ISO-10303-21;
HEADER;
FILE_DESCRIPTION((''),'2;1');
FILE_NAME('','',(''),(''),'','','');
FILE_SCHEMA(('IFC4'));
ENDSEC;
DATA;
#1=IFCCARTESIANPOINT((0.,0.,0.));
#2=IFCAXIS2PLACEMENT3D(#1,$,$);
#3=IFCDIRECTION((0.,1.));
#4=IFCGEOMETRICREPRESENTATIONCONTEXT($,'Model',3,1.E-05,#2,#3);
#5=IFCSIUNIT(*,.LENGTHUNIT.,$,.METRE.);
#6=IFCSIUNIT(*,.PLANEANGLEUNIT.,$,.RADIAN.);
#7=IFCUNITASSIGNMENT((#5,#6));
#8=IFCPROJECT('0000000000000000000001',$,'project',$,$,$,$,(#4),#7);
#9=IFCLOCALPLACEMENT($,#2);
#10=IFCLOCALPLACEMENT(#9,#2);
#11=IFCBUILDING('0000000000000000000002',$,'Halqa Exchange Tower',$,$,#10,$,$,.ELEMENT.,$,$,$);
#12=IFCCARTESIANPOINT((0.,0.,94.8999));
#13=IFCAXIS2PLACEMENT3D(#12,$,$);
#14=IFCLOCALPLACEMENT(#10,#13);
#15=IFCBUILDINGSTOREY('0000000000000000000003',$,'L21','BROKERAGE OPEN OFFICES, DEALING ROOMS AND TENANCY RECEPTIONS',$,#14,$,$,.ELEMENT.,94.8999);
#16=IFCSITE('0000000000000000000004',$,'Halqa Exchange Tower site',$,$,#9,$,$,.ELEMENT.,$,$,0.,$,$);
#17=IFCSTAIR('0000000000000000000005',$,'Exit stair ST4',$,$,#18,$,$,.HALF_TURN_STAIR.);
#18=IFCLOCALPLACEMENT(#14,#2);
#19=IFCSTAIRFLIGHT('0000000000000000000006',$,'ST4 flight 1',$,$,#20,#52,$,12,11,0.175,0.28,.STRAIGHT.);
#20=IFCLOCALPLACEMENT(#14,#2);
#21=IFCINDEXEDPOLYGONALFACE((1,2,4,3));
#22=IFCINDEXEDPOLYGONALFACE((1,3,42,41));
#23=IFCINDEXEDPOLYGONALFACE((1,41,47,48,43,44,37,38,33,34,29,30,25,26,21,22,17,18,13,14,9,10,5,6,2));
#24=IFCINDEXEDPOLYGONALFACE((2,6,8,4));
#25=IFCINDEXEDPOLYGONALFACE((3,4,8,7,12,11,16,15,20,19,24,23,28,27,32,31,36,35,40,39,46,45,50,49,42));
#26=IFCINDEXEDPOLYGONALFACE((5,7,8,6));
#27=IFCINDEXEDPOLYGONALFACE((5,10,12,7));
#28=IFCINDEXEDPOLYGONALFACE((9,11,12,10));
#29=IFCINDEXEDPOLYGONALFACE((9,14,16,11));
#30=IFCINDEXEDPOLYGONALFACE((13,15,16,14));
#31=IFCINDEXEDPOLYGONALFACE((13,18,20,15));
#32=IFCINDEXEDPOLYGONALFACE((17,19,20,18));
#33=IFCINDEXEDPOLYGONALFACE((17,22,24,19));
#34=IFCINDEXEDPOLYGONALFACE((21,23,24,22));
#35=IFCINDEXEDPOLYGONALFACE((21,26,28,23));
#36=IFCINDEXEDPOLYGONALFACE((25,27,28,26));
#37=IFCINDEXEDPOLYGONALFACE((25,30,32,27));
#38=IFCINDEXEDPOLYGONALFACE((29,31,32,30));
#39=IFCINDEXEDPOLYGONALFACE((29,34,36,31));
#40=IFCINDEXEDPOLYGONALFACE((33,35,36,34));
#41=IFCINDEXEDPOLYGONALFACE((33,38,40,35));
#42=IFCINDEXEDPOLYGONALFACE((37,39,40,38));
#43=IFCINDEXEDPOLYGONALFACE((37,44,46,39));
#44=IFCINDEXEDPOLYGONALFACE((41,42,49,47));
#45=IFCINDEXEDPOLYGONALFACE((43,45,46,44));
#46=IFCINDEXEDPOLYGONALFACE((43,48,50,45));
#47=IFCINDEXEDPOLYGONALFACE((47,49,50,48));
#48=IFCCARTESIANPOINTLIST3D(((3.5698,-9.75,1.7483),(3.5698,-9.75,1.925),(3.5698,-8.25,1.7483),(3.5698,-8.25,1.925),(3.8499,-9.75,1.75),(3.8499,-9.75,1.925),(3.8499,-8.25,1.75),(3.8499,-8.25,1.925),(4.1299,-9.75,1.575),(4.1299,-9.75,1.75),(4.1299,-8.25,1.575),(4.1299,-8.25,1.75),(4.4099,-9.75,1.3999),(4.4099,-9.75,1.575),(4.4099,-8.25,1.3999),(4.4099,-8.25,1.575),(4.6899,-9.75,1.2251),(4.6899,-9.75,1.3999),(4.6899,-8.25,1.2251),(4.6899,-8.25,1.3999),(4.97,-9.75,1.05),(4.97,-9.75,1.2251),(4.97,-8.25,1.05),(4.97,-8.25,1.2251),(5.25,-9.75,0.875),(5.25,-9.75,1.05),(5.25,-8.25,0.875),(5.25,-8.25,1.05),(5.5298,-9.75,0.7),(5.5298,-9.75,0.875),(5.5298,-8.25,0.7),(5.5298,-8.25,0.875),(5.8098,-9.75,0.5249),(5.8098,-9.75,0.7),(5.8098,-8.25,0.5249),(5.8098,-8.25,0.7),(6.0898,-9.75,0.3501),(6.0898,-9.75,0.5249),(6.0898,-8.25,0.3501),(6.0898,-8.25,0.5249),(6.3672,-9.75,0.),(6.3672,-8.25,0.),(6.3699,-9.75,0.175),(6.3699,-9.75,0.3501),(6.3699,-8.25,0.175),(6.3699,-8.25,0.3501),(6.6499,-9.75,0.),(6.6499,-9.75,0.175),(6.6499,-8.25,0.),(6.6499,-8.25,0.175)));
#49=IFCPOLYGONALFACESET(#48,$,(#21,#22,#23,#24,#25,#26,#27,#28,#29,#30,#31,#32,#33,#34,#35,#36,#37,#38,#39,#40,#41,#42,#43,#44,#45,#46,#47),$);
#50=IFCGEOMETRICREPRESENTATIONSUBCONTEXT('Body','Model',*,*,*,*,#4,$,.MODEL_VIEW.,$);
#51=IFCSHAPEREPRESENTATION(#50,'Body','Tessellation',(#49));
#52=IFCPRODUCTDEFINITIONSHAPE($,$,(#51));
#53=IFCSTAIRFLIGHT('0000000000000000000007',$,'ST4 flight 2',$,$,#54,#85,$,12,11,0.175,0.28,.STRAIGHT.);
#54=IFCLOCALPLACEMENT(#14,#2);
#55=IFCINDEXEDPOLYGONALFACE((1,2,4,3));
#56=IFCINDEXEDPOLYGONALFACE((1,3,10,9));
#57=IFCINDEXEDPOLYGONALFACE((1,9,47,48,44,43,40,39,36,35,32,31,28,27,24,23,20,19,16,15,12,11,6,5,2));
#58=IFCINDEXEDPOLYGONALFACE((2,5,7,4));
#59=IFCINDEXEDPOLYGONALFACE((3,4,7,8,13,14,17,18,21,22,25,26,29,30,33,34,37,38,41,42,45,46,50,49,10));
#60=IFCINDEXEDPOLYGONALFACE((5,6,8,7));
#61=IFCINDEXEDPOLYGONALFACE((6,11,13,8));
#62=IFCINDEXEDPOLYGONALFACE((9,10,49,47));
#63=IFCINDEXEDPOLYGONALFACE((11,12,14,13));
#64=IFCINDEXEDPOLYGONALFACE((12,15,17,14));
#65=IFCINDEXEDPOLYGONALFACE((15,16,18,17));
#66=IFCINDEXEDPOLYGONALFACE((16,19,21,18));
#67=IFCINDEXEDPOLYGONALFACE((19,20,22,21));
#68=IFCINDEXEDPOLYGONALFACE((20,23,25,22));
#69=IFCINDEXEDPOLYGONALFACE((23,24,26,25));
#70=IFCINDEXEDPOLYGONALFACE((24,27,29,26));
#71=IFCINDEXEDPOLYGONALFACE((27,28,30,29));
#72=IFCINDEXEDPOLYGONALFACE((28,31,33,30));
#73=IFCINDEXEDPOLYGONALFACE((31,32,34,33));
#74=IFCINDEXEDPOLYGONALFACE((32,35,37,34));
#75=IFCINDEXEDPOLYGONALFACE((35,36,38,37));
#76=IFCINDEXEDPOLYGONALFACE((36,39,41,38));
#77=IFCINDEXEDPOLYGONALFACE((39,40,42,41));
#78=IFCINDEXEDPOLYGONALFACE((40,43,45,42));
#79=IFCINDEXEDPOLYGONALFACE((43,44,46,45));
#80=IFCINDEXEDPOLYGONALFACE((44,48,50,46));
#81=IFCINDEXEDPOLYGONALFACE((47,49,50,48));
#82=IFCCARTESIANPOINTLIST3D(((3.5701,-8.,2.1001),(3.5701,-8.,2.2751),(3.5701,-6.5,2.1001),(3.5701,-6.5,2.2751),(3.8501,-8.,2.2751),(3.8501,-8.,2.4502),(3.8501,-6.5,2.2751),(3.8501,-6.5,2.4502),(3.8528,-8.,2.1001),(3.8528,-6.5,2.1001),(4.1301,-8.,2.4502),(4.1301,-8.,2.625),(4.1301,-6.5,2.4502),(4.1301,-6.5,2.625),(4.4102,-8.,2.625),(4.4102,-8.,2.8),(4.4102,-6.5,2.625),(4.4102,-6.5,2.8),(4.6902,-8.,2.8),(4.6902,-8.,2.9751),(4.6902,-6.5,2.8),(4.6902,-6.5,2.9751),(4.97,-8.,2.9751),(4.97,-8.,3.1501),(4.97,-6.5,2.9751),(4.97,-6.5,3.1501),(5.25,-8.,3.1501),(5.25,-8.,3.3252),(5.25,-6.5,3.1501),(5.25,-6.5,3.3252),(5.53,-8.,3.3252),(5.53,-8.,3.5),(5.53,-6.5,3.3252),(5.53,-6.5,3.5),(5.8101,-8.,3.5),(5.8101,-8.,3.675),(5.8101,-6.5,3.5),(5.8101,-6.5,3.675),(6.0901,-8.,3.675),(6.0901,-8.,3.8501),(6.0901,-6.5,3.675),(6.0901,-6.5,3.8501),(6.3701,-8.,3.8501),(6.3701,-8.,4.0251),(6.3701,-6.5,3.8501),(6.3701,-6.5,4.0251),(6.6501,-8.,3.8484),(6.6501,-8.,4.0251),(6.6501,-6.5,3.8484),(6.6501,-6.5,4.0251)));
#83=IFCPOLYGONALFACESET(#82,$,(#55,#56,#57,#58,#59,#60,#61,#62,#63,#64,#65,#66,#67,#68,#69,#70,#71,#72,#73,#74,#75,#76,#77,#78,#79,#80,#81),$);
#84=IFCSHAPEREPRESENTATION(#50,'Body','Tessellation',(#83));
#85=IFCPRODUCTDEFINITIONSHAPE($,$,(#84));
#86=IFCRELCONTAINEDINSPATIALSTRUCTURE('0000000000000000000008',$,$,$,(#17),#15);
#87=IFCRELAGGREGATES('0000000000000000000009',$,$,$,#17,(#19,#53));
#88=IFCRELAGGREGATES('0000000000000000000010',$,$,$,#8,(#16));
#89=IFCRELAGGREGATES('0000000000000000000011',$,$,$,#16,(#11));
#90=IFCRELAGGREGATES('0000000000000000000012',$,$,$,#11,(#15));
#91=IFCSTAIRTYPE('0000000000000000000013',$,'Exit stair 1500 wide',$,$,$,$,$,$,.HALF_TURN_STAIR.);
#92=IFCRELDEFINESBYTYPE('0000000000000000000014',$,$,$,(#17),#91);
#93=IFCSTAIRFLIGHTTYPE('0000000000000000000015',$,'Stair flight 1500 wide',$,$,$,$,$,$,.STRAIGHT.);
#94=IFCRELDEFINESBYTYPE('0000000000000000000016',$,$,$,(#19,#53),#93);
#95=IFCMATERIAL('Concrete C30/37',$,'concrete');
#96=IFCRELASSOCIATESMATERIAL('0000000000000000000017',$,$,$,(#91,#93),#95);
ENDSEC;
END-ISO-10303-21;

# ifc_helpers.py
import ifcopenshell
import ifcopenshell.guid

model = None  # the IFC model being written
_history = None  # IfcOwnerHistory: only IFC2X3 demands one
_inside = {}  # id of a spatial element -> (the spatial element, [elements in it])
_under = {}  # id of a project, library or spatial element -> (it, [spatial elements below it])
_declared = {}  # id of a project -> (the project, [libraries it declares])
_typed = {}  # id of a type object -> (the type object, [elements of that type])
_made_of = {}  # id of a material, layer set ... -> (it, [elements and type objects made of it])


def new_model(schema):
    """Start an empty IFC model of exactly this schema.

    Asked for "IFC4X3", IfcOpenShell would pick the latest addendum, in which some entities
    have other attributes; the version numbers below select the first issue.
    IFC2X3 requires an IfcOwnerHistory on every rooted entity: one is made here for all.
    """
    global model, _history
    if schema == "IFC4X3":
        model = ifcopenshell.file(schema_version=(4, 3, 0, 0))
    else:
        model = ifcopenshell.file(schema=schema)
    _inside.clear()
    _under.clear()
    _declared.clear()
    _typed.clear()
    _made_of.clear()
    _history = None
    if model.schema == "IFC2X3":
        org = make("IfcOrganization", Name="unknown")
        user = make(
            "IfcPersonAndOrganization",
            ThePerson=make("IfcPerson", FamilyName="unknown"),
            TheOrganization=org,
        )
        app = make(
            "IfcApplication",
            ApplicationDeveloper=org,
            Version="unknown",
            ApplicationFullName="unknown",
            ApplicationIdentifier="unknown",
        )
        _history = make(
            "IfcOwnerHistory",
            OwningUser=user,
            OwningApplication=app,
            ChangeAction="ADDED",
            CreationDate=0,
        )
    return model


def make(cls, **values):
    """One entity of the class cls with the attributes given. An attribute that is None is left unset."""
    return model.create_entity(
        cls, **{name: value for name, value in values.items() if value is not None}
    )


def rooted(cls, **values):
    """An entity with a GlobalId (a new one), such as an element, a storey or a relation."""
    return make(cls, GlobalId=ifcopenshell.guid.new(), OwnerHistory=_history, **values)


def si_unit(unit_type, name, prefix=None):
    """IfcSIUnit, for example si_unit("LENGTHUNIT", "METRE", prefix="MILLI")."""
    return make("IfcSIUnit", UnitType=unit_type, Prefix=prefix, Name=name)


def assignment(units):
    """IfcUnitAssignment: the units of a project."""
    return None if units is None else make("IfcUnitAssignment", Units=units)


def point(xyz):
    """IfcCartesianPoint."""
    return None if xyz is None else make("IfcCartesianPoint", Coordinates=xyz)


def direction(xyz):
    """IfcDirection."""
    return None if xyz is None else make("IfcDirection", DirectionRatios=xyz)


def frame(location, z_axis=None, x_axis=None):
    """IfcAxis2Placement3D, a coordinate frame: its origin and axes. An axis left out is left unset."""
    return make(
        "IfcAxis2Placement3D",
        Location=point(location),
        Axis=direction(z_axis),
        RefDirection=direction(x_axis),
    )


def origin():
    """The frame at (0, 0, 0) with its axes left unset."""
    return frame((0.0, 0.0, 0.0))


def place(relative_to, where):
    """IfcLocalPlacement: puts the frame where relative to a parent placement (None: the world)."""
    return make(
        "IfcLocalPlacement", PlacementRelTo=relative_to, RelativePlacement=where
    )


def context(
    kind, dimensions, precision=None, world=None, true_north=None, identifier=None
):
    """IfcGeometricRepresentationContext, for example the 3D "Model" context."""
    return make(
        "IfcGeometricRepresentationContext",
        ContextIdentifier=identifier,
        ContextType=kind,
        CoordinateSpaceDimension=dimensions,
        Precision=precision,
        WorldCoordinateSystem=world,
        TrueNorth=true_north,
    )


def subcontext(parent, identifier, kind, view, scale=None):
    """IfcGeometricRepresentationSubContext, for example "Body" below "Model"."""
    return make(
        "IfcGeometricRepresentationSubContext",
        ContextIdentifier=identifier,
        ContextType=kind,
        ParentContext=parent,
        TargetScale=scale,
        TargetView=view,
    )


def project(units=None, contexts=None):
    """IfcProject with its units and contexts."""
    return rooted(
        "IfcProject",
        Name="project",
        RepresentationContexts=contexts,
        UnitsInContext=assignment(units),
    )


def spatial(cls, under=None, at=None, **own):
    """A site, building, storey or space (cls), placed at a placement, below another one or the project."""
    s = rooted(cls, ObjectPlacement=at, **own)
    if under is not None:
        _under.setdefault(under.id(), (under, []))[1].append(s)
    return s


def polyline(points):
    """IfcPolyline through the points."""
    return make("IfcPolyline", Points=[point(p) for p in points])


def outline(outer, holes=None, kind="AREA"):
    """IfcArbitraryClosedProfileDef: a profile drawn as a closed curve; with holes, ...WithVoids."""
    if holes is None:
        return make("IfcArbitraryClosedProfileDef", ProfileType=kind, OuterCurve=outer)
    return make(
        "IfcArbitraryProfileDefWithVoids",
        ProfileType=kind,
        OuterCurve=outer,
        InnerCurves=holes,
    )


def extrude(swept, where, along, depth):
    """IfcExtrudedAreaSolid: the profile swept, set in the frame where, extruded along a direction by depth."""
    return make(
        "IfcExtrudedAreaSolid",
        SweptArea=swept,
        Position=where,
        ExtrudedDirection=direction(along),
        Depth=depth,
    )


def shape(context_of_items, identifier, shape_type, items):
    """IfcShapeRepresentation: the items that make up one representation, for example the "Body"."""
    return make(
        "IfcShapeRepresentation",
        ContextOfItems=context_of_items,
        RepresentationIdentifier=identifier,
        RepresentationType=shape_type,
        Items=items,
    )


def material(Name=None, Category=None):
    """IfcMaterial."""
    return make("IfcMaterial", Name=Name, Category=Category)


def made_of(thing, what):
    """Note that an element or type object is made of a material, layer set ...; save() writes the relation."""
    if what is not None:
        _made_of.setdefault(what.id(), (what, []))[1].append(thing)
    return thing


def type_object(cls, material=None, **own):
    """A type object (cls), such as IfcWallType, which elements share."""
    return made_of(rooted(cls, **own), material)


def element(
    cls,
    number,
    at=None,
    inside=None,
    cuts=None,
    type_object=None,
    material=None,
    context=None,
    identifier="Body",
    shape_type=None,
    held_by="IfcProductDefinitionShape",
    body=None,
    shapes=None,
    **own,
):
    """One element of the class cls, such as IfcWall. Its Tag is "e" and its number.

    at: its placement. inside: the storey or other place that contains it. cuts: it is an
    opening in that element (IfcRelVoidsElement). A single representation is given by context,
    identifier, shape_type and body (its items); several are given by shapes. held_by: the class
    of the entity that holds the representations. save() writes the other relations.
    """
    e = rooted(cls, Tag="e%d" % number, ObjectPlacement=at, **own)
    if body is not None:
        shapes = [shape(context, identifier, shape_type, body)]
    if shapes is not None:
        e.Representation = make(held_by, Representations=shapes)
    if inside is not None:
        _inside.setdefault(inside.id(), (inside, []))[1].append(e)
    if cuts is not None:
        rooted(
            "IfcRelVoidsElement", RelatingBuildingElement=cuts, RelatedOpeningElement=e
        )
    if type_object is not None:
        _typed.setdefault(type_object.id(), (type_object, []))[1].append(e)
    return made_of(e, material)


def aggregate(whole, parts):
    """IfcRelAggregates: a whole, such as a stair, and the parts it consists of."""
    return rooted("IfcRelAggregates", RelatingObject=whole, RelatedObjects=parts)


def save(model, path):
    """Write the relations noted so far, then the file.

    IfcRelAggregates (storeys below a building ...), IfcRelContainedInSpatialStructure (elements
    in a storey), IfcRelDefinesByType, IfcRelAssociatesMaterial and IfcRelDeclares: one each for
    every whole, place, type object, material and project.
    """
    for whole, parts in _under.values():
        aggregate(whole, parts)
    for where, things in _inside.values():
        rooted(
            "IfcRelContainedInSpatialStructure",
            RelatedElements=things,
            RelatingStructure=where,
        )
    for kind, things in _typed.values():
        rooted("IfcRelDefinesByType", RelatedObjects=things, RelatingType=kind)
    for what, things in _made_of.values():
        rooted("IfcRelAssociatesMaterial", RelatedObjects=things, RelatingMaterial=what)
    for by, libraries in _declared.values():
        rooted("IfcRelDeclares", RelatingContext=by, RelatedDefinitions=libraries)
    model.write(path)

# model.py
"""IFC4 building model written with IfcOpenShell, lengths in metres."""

from ifc_helpers import new_model, si_unit, direction, frame, origin, place, context, subcontext, project, spatial, polyline, outline, extrude, material, type_object, element, aggregate, save


model = new_model("IFC4")

# Units and contexts
model_context = context("Model", 3, precision=1e-05, world=origin(), true_north=direction((0.0, 1.0)))
body_context = subcontext(model_context, "Body", "Model", "MODEL_VIEW")
ifc_project = project(units=[si_unit("LENGTHUNIT", "METRE"), si_unit("PLANEANGLEUNIT", "RADIAN")], contexts=[model_context])

# Site, building, storey
site_placement = place(None, origin())
site = spatial("IfcSite", under=ifc_project, at=site_placement, Name="Halqa Exchange Tower site", CompositionType="ELEMENT", RefElevation=0.0)
building_placement = place(site_placement, origin())
building = spatial("IfcBuilding", under=site, at=building_placement, Name="Halqa Exchange Tower", CompositionType="ELEMENT")
storey_placement = place(building_placement, frame((0.0, 0.0, 94.8999)))
storey = spatial("IfcBuildingStorey", under=building, at=storey_placement, Name="L21", Description="BROKERAGE OPEN OFFICES, DEALING ROOMS AND TENANCY RECEPTIONS", CompositionType="ELEMENT", Elevation=94.8999)

# Shared definitions
ifc_material_1 = material(Name="Concrete C30/37", Category="concrete")

# Stair, stair flights
stair_type = type_object("IfcStairType", Name="Exit stair 1500 wide", PredefinedType="HALF_TURN_STAIR", material=ifc_material_1)
stair_placement = place(storey_placement, origin())
stair = element("IfcStair", 1, at=stair_placement, inside=storey, type_object=stair_type, Name="Exit stair ST4", PredefinedType="HALF_TURN_STAIR")
stair_flight_type = type_object("IfcStairFlightType", Name="Stair flight 1500 wide", PredefinedType="STRAIGHT", material=ifc_material_1)
stair_flight_1_placement = place(storey_placement, frame((6.6499, -9.0, 0.0), z_axis=(0.0, 0.0, 1.0), x_axis=(-1.0, 0.0, 0.0)))
stair_flight_1 = element("IfcStairFlight", 2, at=stair_flight_1_placement, type_object=stair_flight_type, Name="ST4 flight 1", NumberOfRisers=12, NumberOfTreads=11, PredefinedType="STRAIGHT", RiserHeight=0.175, TreadLength=0.28, context=body_context, shape_type="SweptSolid", body=[
    extrude(outline(polyline([(0.0, 0.0), (0.0, 0.175), (0.28, 0.175), (0.28, 0.3501), (0.5601, 0.3501), (0.5601, 0.5249), (0.8401, 0.5249), (0.8401, 0.7), (1.1201, 0.7), (1.1201, 0.875), (1.3999, 0.875), (1.3999, 1.05), (1.6799, 1.05), (1.6799, 1.2251), (1.96, 1.2251), (1.96, 1.3999), (2.24, 1.3999), (2.24, 1.575), (2.52, 1.575), (2.52, 1.75), (2.8, 1.75), (2.8, 1.925), (3.0801, 1.925), (3.0801, 2.1001), (3.0801, 1.7483), (0.2827, 0.0), (0.0, 0.0)])), frame((0.0, 0.75, 0.0), z_axis=(0.0, -1.0, 0.0), x_axis=(1.0, 0.0, 0.0)), (0.0, 0.0, 1.0), 1.5),
])
stair_flight_2_placement = place(storey_placement, frame((3.5701, -7.25, 2.1001), z_axis=(0.0, 0.0, 1.0), x_axis=(1.0, 0.0, 0.0)))
stair_flight_2 = element("IfcStairFlight", 3, at=stair_flight_2_placement, type_object=stair_flight_type, Name="ST4 flight 2", NumberOfRisers=12, NumberOfTreads=11, PredefinedType="STRAIGHT", RiserHeight=0.175, TreadLength=0.28, context=body_context, shape_type="SweptSolid", body=[
    extrude(outline(polyline([(0.0, 0.0), (0.0, 0.175), (0.28, 0.175), (0.28, 0.3501), (0.5601, 0.3501), (0.5601, 0.5249), (0.8401, 0.5249), (0.8401, 0.7), (1.1201, 0.7), (1.1201, 0.875), (1.3999, 0.875), (1.3999, 1.05), (1.6799, 1.05), (1.6799, 1.2251), (1.96, 1.2251), (1.96, 1.3999), (2.24, 1.3999), (2.24, 1.575), (2.52, 1.575), (2.52, 1.75), (2.8, 1.75), (2.8, 1.925), (3.0801, 1.925), (3.0801, 2.1001), (3.0801, 1.7483), (0.2827, 0.0), (0.0, 0.0)])), frame((0.0, 0.75, 0.0), z_axis=(0.0, -1.0, 0.0), x_axis=(1.0, 0.0, 0.0)), (0.0, 0.0, 1.0), 1.5),
])
aggregate(stair, [stair_flight_1, stair_flight_2])

save(model, "model.ifc")
